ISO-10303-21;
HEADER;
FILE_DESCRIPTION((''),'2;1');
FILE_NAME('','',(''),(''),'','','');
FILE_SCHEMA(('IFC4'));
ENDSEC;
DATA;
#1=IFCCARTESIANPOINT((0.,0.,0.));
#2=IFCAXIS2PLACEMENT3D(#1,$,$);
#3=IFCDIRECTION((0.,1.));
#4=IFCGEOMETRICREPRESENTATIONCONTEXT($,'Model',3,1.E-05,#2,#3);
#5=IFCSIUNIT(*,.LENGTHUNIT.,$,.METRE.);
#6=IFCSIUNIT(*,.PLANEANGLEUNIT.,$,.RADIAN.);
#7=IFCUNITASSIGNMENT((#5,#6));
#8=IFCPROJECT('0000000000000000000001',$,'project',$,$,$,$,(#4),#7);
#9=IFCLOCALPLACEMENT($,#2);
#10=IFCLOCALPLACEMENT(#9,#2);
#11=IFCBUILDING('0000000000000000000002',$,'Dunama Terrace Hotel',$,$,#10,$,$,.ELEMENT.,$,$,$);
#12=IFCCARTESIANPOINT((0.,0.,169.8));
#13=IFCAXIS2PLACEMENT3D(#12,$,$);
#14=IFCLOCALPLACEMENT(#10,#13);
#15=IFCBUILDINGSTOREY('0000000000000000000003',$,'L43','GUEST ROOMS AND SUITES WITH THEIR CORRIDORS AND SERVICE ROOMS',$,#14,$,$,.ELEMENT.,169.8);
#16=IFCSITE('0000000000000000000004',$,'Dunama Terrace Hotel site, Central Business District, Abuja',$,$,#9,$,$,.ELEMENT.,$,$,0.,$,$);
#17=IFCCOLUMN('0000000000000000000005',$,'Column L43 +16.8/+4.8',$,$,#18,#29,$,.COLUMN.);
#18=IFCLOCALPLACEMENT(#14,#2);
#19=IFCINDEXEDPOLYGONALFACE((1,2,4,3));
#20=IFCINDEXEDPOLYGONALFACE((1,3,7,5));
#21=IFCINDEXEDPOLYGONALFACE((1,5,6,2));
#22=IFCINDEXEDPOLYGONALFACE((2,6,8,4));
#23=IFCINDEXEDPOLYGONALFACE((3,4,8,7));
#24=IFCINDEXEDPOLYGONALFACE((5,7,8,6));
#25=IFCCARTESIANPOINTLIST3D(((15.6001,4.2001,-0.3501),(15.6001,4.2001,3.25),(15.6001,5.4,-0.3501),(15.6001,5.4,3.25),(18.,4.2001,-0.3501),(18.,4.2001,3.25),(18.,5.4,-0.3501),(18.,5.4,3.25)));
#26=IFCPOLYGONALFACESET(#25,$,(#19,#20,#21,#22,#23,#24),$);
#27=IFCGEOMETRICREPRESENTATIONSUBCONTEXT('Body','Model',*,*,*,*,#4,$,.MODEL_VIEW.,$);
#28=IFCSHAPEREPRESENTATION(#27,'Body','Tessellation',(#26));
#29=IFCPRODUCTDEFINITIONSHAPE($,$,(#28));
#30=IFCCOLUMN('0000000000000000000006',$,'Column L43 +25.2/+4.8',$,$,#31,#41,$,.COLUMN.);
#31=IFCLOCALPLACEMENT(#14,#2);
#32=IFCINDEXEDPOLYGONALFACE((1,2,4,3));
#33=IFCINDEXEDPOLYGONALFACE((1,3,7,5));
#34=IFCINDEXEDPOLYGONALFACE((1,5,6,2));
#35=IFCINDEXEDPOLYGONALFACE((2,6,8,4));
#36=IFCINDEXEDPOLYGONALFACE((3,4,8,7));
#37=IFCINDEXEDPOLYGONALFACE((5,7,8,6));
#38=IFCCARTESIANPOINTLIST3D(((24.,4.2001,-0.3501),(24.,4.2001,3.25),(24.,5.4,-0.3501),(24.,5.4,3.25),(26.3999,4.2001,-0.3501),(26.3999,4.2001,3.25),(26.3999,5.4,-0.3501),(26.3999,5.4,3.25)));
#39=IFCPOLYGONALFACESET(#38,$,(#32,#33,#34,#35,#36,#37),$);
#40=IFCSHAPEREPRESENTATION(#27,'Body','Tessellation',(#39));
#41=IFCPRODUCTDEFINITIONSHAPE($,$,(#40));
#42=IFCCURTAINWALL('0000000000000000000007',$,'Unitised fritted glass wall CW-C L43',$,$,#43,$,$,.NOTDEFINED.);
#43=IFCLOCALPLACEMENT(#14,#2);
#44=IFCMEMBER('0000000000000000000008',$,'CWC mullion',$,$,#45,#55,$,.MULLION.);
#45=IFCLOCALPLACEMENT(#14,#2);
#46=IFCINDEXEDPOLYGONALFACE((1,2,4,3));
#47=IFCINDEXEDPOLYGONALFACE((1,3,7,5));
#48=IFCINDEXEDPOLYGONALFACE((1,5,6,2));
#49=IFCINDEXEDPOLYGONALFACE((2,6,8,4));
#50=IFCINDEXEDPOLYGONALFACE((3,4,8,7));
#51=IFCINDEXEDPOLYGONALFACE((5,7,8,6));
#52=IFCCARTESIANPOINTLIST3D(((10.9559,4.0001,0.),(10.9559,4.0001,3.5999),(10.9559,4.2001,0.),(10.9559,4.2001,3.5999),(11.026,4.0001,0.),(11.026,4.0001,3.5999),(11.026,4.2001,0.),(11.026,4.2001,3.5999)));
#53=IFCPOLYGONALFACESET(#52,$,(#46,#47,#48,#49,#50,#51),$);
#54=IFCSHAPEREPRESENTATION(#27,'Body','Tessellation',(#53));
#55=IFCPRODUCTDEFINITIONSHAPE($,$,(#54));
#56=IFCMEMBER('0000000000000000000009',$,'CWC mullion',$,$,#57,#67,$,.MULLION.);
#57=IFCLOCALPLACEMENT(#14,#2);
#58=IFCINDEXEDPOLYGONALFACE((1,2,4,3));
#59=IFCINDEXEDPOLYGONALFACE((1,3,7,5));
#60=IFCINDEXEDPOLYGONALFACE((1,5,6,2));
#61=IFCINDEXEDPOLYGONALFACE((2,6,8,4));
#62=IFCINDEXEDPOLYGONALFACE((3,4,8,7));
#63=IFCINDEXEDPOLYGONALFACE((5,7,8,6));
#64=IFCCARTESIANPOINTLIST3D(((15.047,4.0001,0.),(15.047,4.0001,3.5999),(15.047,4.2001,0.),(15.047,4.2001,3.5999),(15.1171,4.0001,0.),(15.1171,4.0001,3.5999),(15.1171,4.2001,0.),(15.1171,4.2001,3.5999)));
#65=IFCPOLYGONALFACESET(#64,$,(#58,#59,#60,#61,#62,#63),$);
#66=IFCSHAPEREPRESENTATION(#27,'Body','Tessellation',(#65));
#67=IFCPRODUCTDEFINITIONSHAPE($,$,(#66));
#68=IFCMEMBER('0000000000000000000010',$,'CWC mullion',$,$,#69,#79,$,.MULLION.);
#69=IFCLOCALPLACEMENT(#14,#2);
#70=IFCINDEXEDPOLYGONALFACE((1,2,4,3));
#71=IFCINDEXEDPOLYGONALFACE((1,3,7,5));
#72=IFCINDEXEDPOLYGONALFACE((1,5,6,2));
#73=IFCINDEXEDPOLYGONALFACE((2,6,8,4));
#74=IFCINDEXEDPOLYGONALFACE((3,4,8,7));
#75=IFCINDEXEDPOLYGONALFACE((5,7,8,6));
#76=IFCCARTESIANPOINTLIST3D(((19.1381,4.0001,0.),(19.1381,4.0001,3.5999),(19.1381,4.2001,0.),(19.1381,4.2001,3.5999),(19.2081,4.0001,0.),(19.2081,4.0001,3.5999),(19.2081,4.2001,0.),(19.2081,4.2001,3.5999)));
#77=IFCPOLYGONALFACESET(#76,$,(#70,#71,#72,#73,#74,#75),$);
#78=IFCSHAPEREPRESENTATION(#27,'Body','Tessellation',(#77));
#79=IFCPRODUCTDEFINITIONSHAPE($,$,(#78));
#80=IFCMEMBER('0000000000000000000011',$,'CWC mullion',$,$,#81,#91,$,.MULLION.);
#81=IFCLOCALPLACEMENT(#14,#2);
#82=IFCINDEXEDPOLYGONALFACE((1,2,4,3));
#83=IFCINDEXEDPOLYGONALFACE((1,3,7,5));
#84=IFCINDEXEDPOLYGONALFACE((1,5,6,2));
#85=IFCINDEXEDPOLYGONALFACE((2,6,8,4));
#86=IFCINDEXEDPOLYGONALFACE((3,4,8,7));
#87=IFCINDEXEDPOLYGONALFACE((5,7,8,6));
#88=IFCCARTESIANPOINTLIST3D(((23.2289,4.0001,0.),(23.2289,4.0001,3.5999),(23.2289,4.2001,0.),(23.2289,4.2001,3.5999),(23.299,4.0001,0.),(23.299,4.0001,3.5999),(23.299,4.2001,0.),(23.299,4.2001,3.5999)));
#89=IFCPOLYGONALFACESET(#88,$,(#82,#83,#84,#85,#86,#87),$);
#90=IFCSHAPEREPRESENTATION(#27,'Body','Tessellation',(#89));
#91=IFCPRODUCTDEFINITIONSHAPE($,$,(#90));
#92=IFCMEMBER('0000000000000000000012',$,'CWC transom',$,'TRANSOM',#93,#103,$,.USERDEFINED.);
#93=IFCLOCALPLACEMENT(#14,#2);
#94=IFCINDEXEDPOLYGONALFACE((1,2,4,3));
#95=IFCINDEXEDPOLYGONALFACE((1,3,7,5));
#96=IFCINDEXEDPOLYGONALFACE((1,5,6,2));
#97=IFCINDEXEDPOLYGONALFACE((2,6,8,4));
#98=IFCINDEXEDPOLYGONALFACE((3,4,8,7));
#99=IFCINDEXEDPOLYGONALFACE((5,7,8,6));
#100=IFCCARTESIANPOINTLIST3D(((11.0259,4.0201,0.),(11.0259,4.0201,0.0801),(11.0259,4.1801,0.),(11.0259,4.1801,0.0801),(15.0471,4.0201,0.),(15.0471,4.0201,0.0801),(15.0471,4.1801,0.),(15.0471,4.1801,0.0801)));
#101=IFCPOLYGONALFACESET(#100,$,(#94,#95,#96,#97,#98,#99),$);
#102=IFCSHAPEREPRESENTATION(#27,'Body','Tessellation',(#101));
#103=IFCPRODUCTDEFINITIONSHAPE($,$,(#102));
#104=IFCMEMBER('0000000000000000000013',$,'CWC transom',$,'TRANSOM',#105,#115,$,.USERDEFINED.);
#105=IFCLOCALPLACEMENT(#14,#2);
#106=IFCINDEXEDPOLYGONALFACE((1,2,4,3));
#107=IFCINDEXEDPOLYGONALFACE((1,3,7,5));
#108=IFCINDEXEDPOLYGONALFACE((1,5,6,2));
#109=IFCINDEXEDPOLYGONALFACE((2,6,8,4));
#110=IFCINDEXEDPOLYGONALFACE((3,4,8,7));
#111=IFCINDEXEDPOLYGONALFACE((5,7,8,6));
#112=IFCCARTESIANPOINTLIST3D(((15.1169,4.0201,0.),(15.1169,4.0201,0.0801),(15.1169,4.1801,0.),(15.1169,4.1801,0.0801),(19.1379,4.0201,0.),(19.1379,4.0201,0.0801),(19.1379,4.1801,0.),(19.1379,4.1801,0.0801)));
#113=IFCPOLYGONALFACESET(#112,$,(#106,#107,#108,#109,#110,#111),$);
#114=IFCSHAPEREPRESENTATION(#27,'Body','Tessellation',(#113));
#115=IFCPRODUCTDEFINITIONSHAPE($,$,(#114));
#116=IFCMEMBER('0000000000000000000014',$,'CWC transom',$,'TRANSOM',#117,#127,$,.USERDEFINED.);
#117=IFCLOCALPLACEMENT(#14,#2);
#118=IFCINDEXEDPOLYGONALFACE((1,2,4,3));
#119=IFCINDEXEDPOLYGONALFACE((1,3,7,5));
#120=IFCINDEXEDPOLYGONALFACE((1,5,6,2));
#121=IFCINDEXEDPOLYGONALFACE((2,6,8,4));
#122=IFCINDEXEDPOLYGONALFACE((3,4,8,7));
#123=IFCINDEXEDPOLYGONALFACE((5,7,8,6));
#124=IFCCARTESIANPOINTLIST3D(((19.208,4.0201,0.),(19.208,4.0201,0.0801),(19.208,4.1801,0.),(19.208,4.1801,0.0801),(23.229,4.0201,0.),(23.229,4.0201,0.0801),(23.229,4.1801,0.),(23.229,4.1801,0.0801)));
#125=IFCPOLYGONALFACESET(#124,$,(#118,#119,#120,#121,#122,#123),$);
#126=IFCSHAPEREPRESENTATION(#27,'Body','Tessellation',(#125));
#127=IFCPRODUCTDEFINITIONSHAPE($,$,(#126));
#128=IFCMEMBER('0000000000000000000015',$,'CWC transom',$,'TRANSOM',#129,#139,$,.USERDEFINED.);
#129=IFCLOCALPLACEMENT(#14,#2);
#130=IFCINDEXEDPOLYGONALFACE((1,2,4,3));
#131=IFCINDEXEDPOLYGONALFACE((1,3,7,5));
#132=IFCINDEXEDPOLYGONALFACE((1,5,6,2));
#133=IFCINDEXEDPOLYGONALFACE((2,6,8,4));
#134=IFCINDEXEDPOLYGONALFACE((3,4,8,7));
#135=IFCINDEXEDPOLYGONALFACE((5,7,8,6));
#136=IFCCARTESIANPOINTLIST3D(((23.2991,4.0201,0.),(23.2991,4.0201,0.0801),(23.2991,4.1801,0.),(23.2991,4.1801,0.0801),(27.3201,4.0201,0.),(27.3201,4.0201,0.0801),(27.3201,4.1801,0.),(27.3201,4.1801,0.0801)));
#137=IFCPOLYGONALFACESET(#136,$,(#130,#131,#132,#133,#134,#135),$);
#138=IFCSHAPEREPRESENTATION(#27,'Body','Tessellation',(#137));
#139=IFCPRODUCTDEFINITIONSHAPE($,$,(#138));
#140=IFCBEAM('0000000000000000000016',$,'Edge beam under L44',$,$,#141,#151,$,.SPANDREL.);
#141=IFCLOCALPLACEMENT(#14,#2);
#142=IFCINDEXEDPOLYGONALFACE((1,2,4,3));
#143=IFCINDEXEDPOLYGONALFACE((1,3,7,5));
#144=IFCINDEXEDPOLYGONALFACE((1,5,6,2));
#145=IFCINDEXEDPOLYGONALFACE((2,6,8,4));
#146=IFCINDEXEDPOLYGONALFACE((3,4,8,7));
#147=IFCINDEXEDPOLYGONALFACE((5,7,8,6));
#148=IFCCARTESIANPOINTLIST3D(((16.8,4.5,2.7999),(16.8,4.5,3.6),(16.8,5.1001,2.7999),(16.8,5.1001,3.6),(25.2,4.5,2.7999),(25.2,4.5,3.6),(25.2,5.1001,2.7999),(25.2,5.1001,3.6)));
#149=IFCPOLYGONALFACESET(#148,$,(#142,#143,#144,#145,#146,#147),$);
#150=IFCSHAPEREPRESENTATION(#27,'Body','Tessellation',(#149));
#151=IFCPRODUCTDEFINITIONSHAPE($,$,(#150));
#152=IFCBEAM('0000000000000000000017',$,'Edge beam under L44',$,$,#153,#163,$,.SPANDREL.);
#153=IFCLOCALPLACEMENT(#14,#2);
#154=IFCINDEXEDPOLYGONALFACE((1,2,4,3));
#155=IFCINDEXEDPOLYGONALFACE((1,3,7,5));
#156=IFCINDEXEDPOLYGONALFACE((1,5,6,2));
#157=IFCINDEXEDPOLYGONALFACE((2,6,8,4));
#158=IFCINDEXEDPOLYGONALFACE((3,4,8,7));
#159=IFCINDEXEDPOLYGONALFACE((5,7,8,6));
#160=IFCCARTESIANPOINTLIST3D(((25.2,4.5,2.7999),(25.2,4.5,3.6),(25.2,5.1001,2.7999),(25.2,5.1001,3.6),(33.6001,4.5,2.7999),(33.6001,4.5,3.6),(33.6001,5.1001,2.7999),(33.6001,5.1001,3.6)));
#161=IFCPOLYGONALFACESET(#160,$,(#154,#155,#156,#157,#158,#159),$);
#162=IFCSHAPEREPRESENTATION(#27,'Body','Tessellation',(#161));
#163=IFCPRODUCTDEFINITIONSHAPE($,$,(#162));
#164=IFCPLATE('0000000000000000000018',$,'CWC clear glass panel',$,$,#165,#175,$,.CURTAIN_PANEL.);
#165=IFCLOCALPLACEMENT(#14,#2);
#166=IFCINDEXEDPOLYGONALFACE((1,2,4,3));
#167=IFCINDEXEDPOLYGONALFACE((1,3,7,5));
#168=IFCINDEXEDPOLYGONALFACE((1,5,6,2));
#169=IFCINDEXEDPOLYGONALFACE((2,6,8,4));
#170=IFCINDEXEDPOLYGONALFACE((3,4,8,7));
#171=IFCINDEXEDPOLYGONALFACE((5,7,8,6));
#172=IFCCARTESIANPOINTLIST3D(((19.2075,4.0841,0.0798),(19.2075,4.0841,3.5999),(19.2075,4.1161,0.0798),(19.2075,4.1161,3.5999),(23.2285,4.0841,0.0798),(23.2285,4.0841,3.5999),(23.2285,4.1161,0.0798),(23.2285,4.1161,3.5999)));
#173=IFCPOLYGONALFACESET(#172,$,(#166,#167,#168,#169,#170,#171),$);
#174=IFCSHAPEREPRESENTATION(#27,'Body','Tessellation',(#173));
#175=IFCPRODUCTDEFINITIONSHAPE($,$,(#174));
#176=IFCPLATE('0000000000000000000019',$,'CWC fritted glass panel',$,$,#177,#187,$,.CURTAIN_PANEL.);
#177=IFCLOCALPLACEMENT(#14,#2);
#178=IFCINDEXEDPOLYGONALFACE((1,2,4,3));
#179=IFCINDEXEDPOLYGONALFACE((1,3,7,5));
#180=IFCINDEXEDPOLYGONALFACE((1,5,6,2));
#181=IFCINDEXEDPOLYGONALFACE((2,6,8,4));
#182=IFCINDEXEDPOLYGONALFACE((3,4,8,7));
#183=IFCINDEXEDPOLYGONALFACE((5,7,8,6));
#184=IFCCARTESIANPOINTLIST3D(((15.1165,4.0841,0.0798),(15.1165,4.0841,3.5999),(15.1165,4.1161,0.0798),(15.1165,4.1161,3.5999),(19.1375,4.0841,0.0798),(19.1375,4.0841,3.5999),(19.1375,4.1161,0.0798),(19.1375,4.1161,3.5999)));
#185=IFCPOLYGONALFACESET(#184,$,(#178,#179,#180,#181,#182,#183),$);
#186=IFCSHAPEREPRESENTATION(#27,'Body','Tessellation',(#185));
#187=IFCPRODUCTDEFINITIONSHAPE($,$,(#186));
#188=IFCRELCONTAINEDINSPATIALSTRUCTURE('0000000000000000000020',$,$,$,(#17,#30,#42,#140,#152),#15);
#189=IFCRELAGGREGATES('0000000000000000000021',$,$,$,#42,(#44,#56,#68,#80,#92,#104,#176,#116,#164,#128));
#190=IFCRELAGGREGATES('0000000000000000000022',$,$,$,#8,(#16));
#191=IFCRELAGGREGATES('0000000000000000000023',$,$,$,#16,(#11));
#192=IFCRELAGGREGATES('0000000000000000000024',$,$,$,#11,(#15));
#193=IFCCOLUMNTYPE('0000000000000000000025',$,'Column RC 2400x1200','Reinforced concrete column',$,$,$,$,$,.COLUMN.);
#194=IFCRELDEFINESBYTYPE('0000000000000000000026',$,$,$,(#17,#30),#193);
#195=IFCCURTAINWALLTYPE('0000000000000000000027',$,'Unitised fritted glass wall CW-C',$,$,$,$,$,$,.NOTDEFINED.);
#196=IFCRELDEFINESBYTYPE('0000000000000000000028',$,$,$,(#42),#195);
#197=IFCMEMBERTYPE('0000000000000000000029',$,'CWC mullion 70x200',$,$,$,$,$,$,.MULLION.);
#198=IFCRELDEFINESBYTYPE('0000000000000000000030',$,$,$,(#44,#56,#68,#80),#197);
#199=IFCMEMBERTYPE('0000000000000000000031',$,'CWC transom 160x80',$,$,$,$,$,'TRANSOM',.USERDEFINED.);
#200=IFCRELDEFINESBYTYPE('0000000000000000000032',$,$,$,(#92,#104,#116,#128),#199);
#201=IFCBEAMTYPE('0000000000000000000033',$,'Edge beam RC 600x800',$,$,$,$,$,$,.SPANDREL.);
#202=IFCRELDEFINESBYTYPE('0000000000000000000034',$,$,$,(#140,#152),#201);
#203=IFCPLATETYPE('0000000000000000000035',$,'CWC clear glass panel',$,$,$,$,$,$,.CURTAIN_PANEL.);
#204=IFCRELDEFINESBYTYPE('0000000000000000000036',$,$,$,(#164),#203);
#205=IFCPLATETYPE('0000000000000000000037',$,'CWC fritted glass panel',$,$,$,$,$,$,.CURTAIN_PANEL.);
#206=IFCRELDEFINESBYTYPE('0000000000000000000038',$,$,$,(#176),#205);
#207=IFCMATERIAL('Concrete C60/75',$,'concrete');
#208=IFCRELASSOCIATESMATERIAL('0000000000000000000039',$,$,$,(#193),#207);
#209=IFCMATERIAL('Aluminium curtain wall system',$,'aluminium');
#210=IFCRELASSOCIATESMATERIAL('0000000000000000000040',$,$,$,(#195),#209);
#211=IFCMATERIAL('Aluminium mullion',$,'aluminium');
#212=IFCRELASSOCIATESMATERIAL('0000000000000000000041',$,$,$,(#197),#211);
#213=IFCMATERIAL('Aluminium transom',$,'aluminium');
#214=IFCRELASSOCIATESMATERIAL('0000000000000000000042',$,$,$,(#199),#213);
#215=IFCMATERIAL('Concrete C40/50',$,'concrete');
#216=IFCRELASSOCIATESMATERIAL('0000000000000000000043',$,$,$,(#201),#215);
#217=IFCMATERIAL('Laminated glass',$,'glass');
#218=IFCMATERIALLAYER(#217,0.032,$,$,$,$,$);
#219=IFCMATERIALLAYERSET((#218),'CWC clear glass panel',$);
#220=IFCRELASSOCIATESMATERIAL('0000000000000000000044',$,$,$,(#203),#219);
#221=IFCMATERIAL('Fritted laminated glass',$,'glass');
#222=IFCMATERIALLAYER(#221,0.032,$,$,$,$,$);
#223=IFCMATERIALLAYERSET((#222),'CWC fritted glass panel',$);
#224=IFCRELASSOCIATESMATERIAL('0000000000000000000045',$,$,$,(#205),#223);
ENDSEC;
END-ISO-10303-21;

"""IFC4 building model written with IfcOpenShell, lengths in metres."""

from ifc_helpers import new_model, si_unit, direction, frame, origin, origin_2d, place, context, subcontext, project, spatial, rectangle, extrude, material, layer, layer_set, material_profile, profile_set, type_object, element, aggregate, save


model = new_model("IFC4")

# Units and contexts
model_context = context("Model", 3, precision=1e-05, world=origin(), true_north=direction((0.0, 1.0)))
body_context = subcontext(model_context, "Body", "Model", "MODEL_VIEW")
ifc_project = project(units=[si_unit("LENGTHUNIT", "METRE"), si_unit("PLANEANGLEUNIT", "RADIAN")], contexts=[model_context])

# Site, building, storey
site_placement = place(None, origin())
site = spatial("IfcSite", under=ifc_project, at=site_placement, Name="Dunama Terrace Hotel site, Central Business District, Abuja", CompositionType="ELEMENT", RefElevation=0.0)
building_placement = place(site_placement, origin())
building = spatial("IfcBuilding", under=site, at=building_placement, Name="Dunama Terrace Hotel", CompositionType="ELEMENT")
storey_placement = place(building_placement, frame((0.0, 0.0, 169.8)))
storey = spatial("IfcBuildingStorey", under=building, at=storey_placement, Name="L43", Description="GUEST ROOMS AND SUITES WITH THEIR CORRIDORS AND SERVICE ROOMS", CompositionType="ELEMENT", Elevation=169.8)

# Columns
ifc_material_1 = material(Name="Concrete C60/75", Category="concrete")
ifc_material_profile_1 = material_profile(ifc_material_1, rectangle(XDim=2.3999, YDim=1.2, at=origin_2d()), Name="RC 2400x1200")
ifc_profile_set_1 = profile_set([ifc_material_profile_1], Name="Concrete C60/75")
column_type = type_object("IfcColumnType", Name="Column RC 2400x1200", Description="Reinforced concrete column", PredefinedType="COLUMN", material=ifc_profile_set_1)
for number, where, z_axis, x_axis, name in (
    (1, (16.8, 4.8, -0.3501), (0.0, 0.0, 1.0), (1.0, 0.0, 0.0), "Column L43 +16.8/+4.8"),
    (2, (25.2, 4.8, -0.3501), (0.0, 0.0, 1.0), (1.0, 0.0, 0.0), "Column L43 +25.2/+4.8"),
):
    element("IfcColumn", number, at=place(storey_placement, frame(where, z_axis=z_axis, x_axis=x_axis)), inside=storey, type_object=column_type, Name=name, PredefinedType="COLUMN", context=body_context, shape_type="SweptSolid", body=[
        extrude(rectangle(XDim=2.3999, YDim=1.2, at=origin_2d()), origin(), (0.0, 0.0, 1.0), 3.6001),
    ])

# Curtain wall, members
ifc_material_2 = material(Name="Aluminium curtain wall system", Category="aluminium")
curtain_wall_type = type_object("IfcCurtainWallType", Name="Unitised fritted glass wall CW-C", PredefinedType="NOTDEFINED", material=ifc_material_2)
curtain_wall_placement = place(storey_placement, origin())
curtain_wall = element("IfcCurtainWall", 3, at=curtain_wall_placement, inside=storey, type_object=curtain_wall_type, Name="Unitised fritted glass wall CW-C L43", PredefinedType="NOTDEFINED")
ifc_material_3 = material(Name="Aluminium mullion", Category="aluminium")
ifc_material_profile_2 = material_profile(ifc_material_3, rectangle(XDim=0.0701, YDim=0.2, at=origin_2d()), Name="CWC MULLION 70X200")
ifc_profile_set_2 = profile_set([ifc_material_profile_2], Name="Aluminium mullion")
member_type_1 = type_object("IfcMemberType", Name="CWC mullion 70x200", PredefinedType="MULLION", material=ifc_profile_set_2)
member_1_placement = place(storey_placement, frame((10.991, 4.1001, 0.0), z_axis=(0.0, 0.0, 1.0), x_axis=(1.0, 0.0, 0.0)))
member_1 = element("IfcMember", 4, at=member_1_placement, type_object=member_type_1, Name="CWC mullion", PredefinedType="MULLION", context=body_context, shape_type="SweptSolid", body=[
    extrude(rectangle(XDim=0.0701, YDim=0.2, at=origin_2d()), origin(), (0.0, 0.0, 1.0), 3.5999),
])
member_2_placement = place(storey_placement, frame((15.082, 4.1001, 0.0), z_axis=(0.0, 0.0, 1.0), x_axis=(1.0, 0.0, 0.0)))
member_2 = element("IfcMember", 5, at=member_2_placement, type_object=member_type_1, Name="CWC mullion", PredefinedType="MULLION", context=body_context, shape_type="SweptSolid", body=[
    extrude(rectangle(XDim=0.0701, YDim=0.2, at=origin_2d()), origin(), (0.0, 0.0, 1.0), 3.5999),
])
member_3_placement = place(storey_placement, frame((19.1731, 4.1001, 0.0), z_axis=(0.0, 0.0, 1.0), x_axis=(1.0, 0.0, 0.0)))
member_3 = element("IfcMember", 6, at=member_3_placement, type_object=member_type_1, Name="CWC mullion", PredefinedType="MULLION", context=body_context, shape_type="SweptSolid", body=[
    extrude(rectangle(XDim=0.0701, YDim=0.2, at=origin_2d()), origin(), (0.0, 0.0, 1.0), 3.5999),
])
member_4_placement = place(storey_placement, frame((23.2639, 4.1001, 0.0), z_axis=(0.0, 0.0, 1.0), x_axis=(1.0, 0.0, 0.0)))
member_4 = element("IfcMember", 7, at=member_4_placement, type_object=member_type_1, Name="CWC mullion", PredefinedType="MULLION", context=body_context, shape_type="SweptSolid", body=[
    extrude(rectangle(XDim=0.0701, YDim=0.2, at=origin_2d()), origin(), (0.0, 0.0, 1.0), 3.5999),
])
ifc_material_4 = material(Name="Aluminium transom", Category="aluminium")
ifc_material_profile_3 = material_profile(ifc_material_4, rectangle(XDim=0.1599, YDim=0.0801, at=origin_2d()), Name="CWC TRANSOM 160X80")
ifc_profile_set_3 = profile_set([ifc_material_profile_3], Name="Aluminium transom")
member_type_2 = type_object("IfcMemberType", Name="CWC transom 160x80", ElementType="TRANSOM", PredefinedType="USERDEFINED", material=ifc_profile_set_3)
member_5_placement = place(storey_placement, frame((11.0259, 4.1001, 0.04), z_axis=(1.0, 0.0, 0.0), x_axis=(0.0, 1.0, 0.0)))
member_5 = element("IfcMember", 8, at=member_5_placement, type_object=member_type_2, Name="CWC transom", ObjectType="TRANSOM", PredefinedType="USERDEFINED", context=body_context, shape_type="SweptSolid", body=[
    extrude(rectangle(XDim=0.1599, YDim=0.0801, at=origin_2d()), origin(), (0.0, 0.0, 1.0), 4.0212),
])
member_6_placement = place(storey_placement, frame((15.1169, 4.1001, 0.04), z_axis=(1.0, 0.0, 0.0), x_axis=(0.0, 1.0, 0.0)))
member_6 = element("IfcMember", 9, at=member_6_placement, type_object=member_type_2, Name="CWC transom", ObjectType="TRANSOM", PredefinedType="USERDEFINED", context=body_context, shape_type="SweptSolid", body=[
    extrude(rectangle(XDim=0.1599, YDim=0.0801, at=origin_2d()), origin(), (0.0, 0.0, 1.0), 4.021),
])
member_7_placement = place(storey_placement, frame((19.208, 4.1001, 0.04), z_axis=(1.0, 0.0, 0.0), x_axis=(0.0, 1.0, 0.0)))
member_7 = element("IfcMember", 10, at=member_7_placement, type_object=member_type_2, Name="CWC transom", ObjectType="TRANSOM", PredefinedType="USERDEFINED", context=body_context, shape_type="SweptSolid", body=[
    extrude(rectangle(XDim=0.1599, YDim=0.0801, at=origin_2d()), origin(), (0.0, 0.0, 1.0), 4.021),
])
member_8_placement = place(storey_placement, frame((23.2991, 4.1001, 0.04), z_axis=(1.0, 0.0, 0.0), x_axis=(0.0, 1.0, 0.0)))
member_8 = element("IfcMember", 11, at=member_8_placement, type_object=member_type_2, Name="CWC transom", ObjectType="TRANSOM", PredefinedType="USERDEFINED", context=body_context, shape_type="SweptSolid", body=[
    extrude(rectangle(XDim=0.1599, YDim=0.0801, at=origin_2d()), origin(), (0.0, 0.0, 1.0), 4.021),
])

# Beams
ifc_material_5 = material(Name="Concrete C40/50", Category="concrete")
ifc_material_profile_4 = material_profile(ifc_material_5, rectangle(XDim=0.6001, YDim=0.8, at=origin_2d()), Name="RC 600x800")
ifc_profile_set_4 = profile_set([ifc_material_profile_4], Name="Concrete C40/50")
beam_type = type_object("IfcBeamType", Name="Edge beam RC 600x800", PredefinedType="SPANDREL", material=ifc_profile_set_4)
beam_1_placement = place(storey_placement, frame((16.8, 4.8, 3.2), z_axis=(1.0, 0.0, 0.0), x_axis=(0.0, 1.0, 0.0)))
element("IfcBeam", 12, at=beam_1_placement, inside=storey, type_object=beam_type, Name="Edge beam under L44", PredefinedType="SPANDREL", context=body_context, shape_type="SweptSolid", body=[
    extrude(rectangle(XDim=0.6001, YDim=0.8, at=origin_2d()), origin(), (0.0, 0.0, 1.0), 8.3999),
])
beam_2_placement = place(storey_placement, frame((25.2, 4.8, 3.2), z_axis=(1.0, 0.0, 0.0), x_axis=(0.0, 1.0, 0.0)))
element("IfcBeam", 13, at=beam_2_placement, inside=storey, type_object=beam_type, Name="Edge beam under L44", PredefinedType="SPANDREL", context=body_context, shape_type="SweptSolid", body=[
    extrude(rectangle(XDim=0.6001, YDim=0.8, at=origin_2d()), origin(), (0.0, 0.0, 1.0), 8.4001),
])

# Plates
ifc_material_6 = material(Name="Laminated glass", Category="glass")
ifc_layer_1 = layer(ifc_material_6, 0.032)
ifc_layer_set_1 = layer_set([ifc_layer_1], Name="CWC clear glass panel")
plate_type_1 = type_object("IfcPlateType", Name="CWC clear glass panel", PredefinedType="CURTAIN_PANEL", material=ifc_layer_set_1)
plate_1_placement = place(storey_placement, frame((21.218, 4.1001, 0.0798), z_axis=(0.0, 0.0, 1.0), x_axis=(1.0, 0.0, 0.0)))
plate_1 = element("IfcPlate", 14, at=plate_1_placement, type_object=plate_type_1, Name="CWC clear glass panel", PredefinedType="CURTAIN_PANEL", context=body_context, shape_type="SweptSolid", body=[
    extrude(rectangle(XDim=4.021, YDim=0.032, at=origin_2d()), origin(), (0.0, 0.0, 1.0), 3.52),
])
ifc_material_7 = material(Name="Fritted laminated glass", Category="glass")
ifc_layer_2 = layer(ifc_material_7, 0.032)
ifc_layer_set_2 = layer_set([ifc_layer_2], Name="CWC fritted glass panel")
plate_type_2 = type_object("IfcPlateType", Name="CWC fritted glass panel", PredefinedType="CURTAIN_PANEL", material=ifc_layer_set_2)
plate_2_placement = place(storey_placement, frame((17.127, 4.1001, 0.0798), z_axis=(0.0, 0.0, 1.0), x_axis=(1.0, 0.0, 0.0)))
plate_2 = element("IfcPlate", 15, at=plate_2_placement, type_object=plate_type_2, Name="CWC fritted glass panel", PredefinedType="CURTAIN_PANEL", context=body_context, shape_type="SweptSolid", body=[
    extrude(rectangle(XDim=4.021, YDim=0.032, at=origin_2d()), origin(), (0.0, 0.0, 1.0), 3.52),
])
aggregate(curtain_wall, [member_1, member_2, member_3, member_4, member_5, member_6, plate_2, member_7, plate_1, member_8])

save(model, "model.ifc")
